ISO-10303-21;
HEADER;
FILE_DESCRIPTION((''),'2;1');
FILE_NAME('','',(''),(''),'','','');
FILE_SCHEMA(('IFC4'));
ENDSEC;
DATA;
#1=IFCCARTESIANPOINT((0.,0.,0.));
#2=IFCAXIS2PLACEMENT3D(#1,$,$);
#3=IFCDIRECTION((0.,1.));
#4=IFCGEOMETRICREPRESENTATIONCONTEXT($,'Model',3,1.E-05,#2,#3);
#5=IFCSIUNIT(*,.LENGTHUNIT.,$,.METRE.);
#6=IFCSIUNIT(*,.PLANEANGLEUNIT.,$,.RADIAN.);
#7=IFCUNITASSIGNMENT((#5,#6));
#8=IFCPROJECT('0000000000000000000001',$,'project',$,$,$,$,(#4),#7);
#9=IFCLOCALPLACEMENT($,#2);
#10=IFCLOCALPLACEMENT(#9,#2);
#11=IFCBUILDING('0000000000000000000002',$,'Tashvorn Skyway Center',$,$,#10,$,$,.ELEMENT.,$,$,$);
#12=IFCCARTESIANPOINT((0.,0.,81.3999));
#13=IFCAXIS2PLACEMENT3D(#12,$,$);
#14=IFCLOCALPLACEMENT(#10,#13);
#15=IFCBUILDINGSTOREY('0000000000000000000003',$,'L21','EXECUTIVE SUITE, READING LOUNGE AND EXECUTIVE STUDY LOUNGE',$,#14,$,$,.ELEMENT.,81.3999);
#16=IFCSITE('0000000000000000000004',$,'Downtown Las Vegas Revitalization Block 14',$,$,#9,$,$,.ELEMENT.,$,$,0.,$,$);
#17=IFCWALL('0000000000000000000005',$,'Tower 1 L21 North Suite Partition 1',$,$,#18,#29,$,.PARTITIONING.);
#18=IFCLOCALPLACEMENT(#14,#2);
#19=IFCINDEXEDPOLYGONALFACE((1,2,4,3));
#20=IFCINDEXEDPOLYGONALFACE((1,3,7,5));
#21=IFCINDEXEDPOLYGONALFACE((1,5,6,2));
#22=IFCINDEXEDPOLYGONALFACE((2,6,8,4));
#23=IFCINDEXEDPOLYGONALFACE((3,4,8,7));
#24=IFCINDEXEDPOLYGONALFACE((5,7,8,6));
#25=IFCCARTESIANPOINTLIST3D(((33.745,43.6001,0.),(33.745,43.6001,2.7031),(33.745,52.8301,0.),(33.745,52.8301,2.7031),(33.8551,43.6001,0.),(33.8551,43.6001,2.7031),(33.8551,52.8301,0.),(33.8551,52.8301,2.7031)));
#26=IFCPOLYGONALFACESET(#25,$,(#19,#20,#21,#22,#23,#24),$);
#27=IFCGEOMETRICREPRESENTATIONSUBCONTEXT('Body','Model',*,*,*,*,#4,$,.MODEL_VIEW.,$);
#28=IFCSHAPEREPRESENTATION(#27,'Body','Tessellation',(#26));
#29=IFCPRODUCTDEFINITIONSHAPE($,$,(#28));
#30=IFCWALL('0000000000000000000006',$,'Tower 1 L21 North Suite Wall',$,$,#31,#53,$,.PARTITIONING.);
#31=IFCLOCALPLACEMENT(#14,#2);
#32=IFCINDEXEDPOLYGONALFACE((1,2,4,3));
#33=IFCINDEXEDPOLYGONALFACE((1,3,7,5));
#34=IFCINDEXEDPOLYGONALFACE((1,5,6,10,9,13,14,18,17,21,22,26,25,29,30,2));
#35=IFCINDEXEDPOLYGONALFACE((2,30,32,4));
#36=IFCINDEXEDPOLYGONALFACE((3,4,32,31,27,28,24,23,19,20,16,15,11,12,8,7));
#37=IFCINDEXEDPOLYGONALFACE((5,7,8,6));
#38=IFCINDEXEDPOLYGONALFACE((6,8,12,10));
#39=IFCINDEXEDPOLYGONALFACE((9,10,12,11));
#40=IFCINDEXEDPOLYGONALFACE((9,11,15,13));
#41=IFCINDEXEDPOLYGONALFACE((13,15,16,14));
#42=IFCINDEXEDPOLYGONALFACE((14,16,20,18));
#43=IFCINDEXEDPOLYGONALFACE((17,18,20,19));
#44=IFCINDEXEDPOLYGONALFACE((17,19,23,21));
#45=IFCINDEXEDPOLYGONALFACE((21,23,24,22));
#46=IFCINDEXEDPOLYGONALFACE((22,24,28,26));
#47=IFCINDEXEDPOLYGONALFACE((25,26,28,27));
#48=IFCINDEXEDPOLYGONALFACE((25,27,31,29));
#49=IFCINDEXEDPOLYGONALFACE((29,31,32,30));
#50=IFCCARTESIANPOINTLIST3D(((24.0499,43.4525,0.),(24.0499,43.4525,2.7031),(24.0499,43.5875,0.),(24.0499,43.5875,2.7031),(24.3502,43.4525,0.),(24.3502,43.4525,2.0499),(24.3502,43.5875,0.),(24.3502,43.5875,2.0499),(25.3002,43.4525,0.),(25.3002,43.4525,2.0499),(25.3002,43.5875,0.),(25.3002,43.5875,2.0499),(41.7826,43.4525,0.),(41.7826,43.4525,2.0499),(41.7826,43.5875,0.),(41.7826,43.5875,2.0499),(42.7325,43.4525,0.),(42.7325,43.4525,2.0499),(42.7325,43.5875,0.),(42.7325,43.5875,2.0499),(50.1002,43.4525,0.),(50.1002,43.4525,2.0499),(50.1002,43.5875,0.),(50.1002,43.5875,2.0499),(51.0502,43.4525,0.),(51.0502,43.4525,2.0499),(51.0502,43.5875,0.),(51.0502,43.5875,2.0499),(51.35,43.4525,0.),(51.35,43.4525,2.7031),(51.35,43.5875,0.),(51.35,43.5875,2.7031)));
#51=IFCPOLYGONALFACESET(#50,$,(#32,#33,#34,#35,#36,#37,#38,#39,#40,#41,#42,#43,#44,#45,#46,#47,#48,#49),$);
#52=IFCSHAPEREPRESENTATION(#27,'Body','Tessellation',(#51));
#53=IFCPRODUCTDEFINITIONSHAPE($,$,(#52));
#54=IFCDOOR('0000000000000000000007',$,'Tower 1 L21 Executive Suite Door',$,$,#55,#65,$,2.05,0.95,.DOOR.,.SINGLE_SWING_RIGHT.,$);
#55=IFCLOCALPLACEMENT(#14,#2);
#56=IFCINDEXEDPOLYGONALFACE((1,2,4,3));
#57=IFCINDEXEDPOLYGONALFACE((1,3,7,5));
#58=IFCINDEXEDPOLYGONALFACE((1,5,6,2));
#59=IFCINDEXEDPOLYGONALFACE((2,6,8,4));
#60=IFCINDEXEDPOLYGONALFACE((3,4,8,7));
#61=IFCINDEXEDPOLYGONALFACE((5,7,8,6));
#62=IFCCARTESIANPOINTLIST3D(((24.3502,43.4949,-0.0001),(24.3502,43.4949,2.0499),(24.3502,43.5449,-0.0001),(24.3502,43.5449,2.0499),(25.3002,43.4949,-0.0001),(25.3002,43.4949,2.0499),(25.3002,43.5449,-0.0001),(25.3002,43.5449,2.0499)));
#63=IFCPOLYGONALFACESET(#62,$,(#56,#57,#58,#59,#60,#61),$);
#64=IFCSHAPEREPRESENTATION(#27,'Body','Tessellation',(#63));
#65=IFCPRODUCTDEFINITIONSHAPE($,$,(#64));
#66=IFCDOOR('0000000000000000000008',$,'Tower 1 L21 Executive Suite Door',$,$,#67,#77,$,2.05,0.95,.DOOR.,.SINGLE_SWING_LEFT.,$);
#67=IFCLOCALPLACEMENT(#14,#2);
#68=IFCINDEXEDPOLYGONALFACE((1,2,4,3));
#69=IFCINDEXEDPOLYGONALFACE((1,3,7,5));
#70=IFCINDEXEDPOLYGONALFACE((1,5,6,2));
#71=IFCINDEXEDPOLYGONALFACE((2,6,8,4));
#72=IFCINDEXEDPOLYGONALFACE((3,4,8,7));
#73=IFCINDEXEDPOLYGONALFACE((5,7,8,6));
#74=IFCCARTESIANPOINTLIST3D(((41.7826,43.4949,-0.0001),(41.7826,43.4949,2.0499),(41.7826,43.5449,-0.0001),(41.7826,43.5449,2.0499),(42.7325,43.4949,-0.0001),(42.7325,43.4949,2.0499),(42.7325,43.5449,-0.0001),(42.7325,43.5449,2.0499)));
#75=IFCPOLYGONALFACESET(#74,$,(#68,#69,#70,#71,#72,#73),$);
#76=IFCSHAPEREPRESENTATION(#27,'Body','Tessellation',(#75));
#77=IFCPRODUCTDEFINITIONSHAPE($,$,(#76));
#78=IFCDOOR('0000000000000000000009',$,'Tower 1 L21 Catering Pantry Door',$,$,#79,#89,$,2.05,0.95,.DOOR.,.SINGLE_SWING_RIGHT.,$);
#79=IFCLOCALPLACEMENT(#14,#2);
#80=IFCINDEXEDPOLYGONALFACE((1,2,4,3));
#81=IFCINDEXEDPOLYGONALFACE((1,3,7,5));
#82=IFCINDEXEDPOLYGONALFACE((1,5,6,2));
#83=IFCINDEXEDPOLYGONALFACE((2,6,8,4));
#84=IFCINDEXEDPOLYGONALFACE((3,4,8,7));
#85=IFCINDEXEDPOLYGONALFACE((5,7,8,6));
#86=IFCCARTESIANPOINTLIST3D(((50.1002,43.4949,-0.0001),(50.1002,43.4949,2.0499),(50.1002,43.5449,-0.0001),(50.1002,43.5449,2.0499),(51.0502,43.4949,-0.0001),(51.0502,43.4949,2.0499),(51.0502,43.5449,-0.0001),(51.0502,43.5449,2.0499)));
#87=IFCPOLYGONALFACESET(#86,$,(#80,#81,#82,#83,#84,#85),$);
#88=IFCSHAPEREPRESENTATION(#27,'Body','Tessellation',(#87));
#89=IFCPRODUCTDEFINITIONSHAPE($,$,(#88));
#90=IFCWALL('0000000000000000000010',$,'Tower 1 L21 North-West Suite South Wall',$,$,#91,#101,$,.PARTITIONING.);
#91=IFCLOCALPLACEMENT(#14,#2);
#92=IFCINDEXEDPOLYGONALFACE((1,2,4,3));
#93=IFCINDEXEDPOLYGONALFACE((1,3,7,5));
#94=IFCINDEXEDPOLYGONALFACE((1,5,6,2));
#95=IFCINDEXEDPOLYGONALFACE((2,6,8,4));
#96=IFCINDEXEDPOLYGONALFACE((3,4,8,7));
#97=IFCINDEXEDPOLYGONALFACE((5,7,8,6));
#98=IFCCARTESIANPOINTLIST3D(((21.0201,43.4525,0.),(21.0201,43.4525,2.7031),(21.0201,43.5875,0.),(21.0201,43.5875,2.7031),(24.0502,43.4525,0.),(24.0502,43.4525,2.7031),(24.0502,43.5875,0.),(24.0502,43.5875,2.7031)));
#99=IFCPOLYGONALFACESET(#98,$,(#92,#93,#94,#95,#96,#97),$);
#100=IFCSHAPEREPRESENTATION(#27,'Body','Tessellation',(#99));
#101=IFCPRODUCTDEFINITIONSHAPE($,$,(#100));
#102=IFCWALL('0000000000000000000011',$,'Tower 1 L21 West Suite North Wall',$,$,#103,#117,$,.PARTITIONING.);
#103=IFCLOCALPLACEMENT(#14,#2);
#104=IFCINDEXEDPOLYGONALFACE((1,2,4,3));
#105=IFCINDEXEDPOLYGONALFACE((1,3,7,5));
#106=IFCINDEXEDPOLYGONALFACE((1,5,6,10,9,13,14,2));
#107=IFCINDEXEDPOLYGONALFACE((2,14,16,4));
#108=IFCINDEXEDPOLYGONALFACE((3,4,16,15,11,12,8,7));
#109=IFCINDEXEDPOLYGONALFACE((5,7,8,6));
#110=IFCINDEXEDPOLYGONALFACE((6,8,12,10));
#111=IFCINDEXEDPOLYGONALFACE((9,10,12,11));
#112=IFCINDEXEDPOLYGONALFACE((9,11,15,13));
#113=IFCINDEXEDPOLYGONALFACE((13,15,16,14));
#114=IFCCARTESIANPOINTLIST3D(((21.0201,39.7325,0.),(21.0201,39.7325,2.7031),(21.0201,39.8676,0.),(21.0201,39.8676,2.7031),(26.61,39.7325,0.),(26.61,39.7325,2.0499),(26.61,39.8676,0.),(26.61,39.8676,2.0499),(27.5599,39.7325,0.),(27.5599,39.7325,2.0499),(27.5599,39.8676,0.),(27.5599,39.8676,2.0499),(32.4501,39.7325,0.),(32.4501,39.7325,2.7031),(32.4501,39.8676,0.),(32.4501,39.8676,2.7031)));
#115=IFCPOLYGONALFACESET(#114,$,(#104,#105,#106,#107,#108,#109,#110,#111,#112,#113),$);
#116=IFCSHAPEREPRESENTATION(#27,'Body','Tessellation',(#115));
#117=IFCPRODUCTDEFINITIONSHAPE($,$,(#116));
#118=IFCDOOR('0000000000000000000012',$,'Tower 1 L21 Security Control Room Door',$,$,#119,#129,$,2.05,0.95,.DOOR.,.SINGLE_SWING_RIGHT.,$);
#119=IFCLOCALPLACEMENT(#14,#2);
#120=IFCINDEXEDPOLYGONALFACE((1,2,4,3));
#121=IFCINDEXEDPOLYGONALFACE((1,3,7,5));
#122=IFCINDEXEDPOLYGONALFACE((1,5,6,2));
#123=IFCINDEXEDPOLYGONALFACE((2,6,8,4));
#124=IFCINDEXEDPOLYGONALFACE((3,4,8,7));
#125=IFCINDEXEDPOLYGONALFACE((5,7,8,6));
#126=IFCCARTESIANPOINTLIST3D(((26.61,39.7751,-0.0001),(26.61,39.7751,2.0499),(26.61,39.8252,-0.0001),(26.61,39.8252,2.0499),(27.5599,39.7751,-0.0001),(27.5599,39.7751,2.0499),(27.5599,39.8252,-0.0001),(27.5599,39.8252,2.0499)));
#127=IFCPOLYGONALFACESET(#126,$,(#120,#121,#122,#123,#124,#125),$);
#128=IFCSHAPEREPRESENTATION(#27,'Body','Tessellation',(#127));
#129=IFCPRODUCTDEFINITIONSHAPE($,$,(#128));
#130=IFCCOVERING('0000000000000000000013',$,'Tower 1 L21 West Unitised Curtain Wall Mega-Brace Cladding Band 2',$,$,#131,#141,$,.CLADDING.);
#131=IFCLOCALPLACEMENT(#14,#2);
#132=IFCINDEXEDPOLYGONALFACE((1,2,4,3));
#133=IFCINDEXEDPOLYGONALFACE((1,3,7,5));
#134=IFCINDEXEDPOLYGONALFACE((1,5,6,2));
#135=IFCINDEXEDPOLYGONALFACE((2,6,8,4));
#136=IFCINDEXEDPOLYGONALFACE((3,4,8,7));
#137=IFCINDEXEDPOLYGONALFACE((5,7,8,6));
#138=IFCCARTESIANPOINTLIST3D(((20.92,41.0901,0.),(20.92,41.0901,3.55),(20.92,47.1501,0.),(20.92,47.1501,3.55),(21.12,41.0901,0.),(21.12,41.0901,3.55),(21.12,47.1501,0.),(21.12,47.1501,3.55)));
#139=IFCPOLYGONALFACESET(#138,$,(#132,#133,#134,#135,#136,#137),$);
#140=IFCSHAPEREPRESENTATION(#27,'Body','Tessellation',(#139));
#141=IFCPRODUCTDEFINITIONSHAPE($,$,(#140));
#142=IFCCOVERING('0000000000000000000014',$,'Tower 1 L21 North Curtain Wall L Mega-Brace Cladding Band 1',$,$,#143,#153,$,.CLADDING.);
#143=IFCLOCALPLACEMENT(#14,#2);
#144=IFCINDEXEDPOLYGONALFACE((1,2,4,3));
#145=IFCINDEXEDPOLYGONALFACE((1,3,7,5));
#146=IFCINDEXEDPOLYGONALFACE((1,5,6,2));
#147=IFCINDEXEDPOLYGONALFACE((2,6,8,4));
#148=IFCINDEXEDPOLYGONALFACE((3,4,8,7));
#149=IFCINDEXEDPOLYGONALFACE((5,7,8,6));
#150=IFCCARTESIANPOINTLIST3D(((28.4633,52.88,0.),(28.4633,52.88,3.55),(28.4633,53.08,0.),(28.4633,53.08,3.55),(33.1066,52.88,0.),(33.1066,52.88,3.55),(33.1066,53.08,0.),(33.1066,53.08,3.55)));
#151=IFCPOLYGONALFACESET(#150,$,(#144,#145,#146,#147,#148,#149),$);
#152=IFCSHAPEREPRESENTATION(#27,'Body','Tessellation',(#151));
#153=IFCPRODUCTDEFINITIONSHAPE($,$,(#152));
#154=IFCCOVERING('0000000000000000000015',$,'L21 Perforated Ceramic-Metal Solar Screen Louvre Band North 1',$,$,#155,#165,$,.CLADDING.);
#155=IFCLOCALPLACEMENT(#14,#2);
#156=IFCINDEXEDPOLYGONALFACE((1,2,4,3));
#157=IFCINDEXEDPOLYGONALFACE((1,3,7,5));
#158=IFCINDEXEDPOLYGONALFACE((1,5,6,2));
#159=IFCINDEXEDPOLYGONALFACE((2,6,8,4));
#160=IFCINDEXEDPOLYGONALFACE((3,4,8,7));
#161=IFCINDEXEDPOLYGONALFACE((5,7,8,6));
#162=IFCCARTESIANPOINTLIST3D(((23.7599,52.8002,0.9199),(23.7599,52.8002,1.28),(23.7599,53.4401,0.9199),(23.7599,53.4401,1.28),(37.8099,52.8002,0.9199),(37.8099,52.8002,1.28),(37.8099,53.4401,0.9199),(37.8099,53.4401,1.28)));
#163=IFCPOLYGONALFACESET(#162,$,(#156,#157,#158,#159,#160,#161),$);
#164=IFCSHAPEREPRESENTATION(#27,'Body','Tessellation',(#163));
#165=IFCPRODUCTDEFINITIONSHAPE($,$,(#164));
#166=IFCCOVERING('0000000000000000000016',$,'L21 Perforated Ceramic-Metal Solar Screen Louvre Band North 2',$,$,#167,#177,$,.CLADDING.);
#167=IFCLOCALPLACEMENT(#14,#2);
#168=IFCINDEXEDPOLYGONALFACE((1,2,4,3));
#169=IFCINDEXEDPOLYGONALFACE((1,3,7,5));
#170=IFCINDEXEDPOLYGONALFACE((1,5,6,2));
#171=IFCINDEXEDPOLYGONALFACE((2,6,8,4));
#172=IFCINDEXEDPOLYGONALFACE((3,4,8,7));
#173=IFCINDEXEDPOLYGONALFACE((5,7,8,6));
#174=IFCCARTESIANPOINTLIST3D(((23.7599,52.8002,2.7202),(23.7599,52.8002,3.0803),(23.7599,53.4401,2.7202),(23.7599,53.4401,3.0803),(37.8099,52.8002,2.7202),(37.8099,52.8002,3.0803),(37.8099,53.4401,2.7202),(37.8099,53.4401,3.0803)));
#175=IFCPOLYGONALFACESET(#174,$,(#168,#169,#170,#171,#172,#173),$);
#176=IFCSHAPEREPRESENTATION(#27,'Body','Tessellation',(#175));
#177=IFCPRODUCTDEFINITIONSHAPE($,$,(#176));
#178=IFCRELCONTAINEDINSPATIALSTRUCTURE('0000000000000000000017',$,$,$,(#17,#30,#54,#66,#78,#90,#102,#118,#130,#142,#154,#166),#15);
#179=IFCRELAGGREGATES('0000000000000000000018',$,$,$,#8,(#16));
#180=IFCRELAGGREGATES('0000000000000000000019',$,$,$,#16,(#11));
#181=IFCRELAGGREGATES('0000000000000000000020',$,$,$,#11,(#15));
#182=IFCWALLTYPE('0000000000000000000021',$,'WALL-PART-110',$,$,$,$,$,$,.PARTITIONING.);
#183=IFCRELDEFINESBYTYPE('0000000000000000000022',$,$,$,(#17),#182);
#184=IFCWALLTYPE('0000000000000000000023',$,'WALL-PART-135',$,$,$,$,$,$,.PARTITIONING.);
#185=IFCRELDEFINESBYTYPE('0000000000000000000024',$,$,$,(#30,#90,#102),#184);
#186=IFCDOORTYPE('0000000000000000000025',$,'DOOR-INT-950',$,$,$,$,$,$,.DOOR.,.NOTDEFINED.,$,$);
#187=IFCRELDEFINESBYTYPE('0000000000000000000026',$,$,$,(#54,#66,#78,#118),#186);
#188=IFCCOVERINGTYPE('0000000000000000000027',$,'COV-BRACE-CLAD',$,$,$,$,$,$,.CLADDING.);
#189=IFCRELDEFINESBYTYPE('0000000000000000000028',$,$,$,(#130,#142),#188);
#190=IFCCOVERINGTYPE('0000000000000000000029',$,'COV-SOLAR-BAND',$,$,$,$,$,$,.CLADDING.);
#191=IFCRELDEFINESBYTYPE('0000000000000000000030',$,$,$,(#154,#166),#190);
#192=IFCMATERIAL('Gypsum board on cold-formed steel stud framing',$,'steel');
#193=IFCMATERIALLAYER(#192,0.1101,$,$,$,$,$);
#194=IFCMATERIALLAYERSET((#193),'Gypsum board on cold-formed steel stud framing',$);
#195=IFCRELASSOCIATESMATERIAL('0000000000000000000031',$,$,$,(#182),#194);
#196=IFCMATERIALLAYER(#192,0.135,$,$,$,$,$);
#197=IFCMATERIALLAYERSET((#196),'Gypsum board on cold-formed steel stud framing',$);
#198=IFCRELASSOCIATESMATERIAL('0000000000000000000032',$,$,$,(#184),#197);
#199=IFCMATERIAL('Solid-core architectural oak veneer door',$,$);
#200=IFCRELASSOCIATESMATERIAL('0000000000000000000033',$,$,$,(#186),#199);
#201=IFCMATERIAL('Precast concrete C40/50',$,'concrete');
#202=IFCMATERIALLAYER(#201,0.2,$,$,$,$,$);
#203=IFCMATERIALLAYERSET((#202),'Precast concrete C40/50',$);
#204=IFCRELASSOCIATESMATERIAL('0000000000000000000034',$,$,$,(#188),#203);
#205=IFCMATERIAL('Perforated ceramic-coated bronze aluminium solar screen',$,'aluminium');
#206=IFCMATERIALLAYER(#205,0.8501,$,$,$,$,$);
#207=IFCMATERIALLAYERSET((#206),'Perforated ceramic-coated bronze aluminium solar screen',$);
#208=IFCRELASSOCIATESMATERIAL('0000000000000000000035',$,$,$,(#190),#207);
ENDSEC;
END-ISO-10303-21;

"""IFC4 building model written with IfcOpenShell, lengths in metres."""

from ifc_helpers import new_model, si_unit, direction, frame, frame_2d, origin, origin_2d, place, context, subcontext, project, spatial, rectangle, extrude, material, layer, layer_set, type_object, element, fill, save


model = new_model("IFC4")

# Units and contexts
model_context = context("Model", 3, precision=1e-05, world=origin(), true_north=direction((0.0, 1.0)))
body_context = subcontext(model_context, "Body", "Model", "MODEL_VIEW")
ifc_project = project(units=[si_unit("LENGTHUNIT", "METRE"), si_unit("PLANEANGLEUNIT", "RADIAN")], contexts=[model_context])

# Site, building, storey
site_placement = place(None, origin())
site = spatial("IfcSite", under=ifc_project, at=site_placement, Name="Downtown Las Vegas Revitalization Block 14", CompositionType="ELEMENT", RefElevation=0.0)
building_placement = place(site_placement, origin())
building = spatial("IfcBuilding", under=site, at=building_placement, Name="Tashvorn Skyway Center", CompositionType="ELEMENT")
storey_placement = place(building_placement, frame((0.0, 0.0, 81.3999)))
storey = spatial("IfcBuildingStorey", under=building, at=storey_placement, Name="L21", Description="EXECUTIVE SUITE, READING LOUNGE AND EXECUTIVE STUDY LOUNGE", CompositionType="ELEMENT", Elevation=81.3999)

# Wall
ifc_material_1 = material(Name="Precast concrete C40/50", Category="concrete")
ifc_material_2 = material(Name="Gypsum board on cold-formed steel stud framing", Category="steel")
ifc_layer_1 = layer(ifc_material_2, 0.1101)
ifc_layer_set_1 = layer_set([ifc_layer_1], Name="Gypsum board on cold-formed steel stud framing")
wall_type_1 = type_object("IfcWallType", Name="WALL-PART-110", PredefinedType="PARTITIONING", material=ifc_layer_set_1)
wall_1_placement = place(storey_placement, frame((33.8, 43.6001, 0.0), z_axis=(0.0, 0.0, 1.0), x_axis=(0.0, 1.0, 0.0)))
element("IfcWall", 1, at=wall_1_placement, inside=storey, type_object=wall_type_1, Name="Tower 1 L21 North Suite Partition 1", PredefinedType="PARTITIONING", context=body_context, shape_type="SweptSolid", body=[
    extrude(rectangle(XDim=9.23, YDim=0.1101, at=frame_2d((4.615, 0.0))), origin(), (0.0, 0.0, 1.0), 2.7031),
])

# Wall, openings, doors
ifc_layer_2 = layer(ifc_material_2, 0.135)
ifc_layer_set_2 = layer_set([ifc_layer_2], Name="Gypsum board on cold-formed steel stud framing")
wall_type_2 = type_object("IfcWallType", Name="WALL-PART-135", PredefinedType="PARTITIONING", material=ifc_layer_set_2)
wall_2_placement = place(storey_placement, frame((24.05, 43.52, 0.0), z_axis=(0.0, 0.0, 1.0), x_axis=(1.0, 0.0, 0.0)))
wall_2 = element("IfcWall", 2, at=wall_2_placement, inside=storey, type_object=wall_type_2, Name="Tower 1 L21 North Suite Wall", PredefinedType="PARTITIONING", context=body_context, shape_type="SweptSolid", body=[
    extrude(rectangle(XDim=27.3, YDim=0.135, at=frame_2d((13.6499, 0.0))), origin(), (0.0, 0.0, 1.0), 2.7031),
])
opening_1_placement = place(wall_2_placement, frame((0.3, 0.0, 0.0)))
opening_1 = element("IfcOpeningElement", 3, at=opening_1_placement, cuts=wall_2, PredefinedType="OPENING", context=body_context, shape_type="SweptSolid", body=[
    extrude(rectangle(XDim=0.95, YDim=2.05, at=frame_2d((0.4751, 1.0249))), frame((0.0, 0.0774, 0.0), z_axis=(0.0, -1.0, 0.0), x_axis=(1.0, 0.0, 0.0)), (0.0, 0.0, 1.0), 0.155),
])
opening_2_placement = place(wall_2_placement, frame((17.7324, 0.0, 0.0)))
opening_2 = element("IfcOpeningElement", 4, at=opening_2_placement, cuts=wall_2, PredefinedType="OPENING", context=body_context, shape_type="SweptSolid", body=[
    extrude(rectangle(XDim=0.95, YDim=2.05, at=frame_2d((0.4751, 1.0249))), frame((0.0, 0.0774, 0.0), z_axis=(0.0, -1.0, 0.0), x_axis=(1.0, 0.0, 0.0)), (0.0, 0.0, 1.0), 0.155),
])
opening_3_placement = place(wall_2_placement, frame((26.05, 0.0, 0.0)))
opening_3 = element("IfcOpeningElement", 5, at=opening_3_placement, cuts=wall_2, PredefinedType="OPENING", context=body_context, shape_type="SweptSolid", body=[
    extrude(rectangle(XDim=0.95, YDim=2.05, at=frame_2d((0.4751, 1.0249))), frame((0.0, 0.0774, 0.0), z_axis=(0.0, -1.0, 0.0), x_axis=(1.0, 0.0, 0.0)), (0.0, 0.0, 1.0), 0.155),
])
ifc_material_3 = material(Name="Solid-core architectural oak veneer door")
door_type = type_object("IfcDoorType", Name="DOOR-INT-950", OperationType="NOTDEFINED", PredefinedType="DOOR", material=ifc_material_3)
door_1_placement = place(opening_1_placement, origin())
door_1 = element("IfcDoor", 6, at=door_1_placement, inside=storey, type_object=door_type, Name="Tower 1 L21 Executive Suite Door", OperationType="SINGLE_SWING_RIGHT", OverallHeight=2.05, OverallWidth=0.95, PredefinedType="DOOR", context=body_context, shape_type="SweptSolid", body=[
    extrude(rectangle(XDim=0.95, YDim=2.05, at=frame_2d((0.4751, 1.0249))), frame((0.0, 0.0249, 0.0), z_axis=(0.0, -1.0, 0.0), x_axis=(1.0, 0.0, 0.0)), (0.0, 0.0, 1.0), 0.05),
])
fill(opening_1, door_1)
door_2_placement = place(opening_2_placement, origin())
door_2 = element("IfcDoor", 7, at=door_2_placement, inside=storey, type_object=door_type, Name="Tower 1 L21 Executive Suite Door", OperationType="SINGLE_SWING_LEFT", OverallHeight=2.05, OverallWidth=0.95, PredefinedType="DOOR", context=body_context, shape_type="SweptSolid", body=[
    extrude(rectangle(XDim=0.95, YDim=2.05, at=frame_2d((0.4751, 1.0249))), frame((0.0, 0.0249, 0.0), z_axis=(0.0, -1.0, 0.0), x_axis=(1.0, 0.0, 0.0)), (0.0, 0.0, 1.0), 0.05),
])
fill(opening_2, door_2)
door_3_placement = place(opening_3_placement, origin())
door_3 = element("IfcDoor", 8, at=door_3_placement, inside=storey, type_object=door_type, Name="Tower 1 L21 Catering Pantry Door", OperationType="SINGLE_SWING_RIGHT", OverallHeight=2.05, OverallWidth=0.95, PredefinedType="DOOR", context=body_context, shape_type="SweptSolid", body=[
    extrude(rectangle(XDim=0.95, YDim=2.05, at=frame_2d((0.4751, 1.0249))), frame((0.0, 0.0249, 0.0), z_axis=(0.0, -1.0, 0.0), x_axis=(1.0, 0.0, 0.0)), (0.0, 0.0, 1.0), 0.05),
])
fill(opening_3, door_3)

# Wall
wall_3_placement = place(storey_placement, frame((21.02, 43.52, 0.0), z_axis=(0.0, 0.0, 1.0), x_axis=(1.0, 0.0, 0.0)))
element("IfcWall", 9, at=wall_3_placement, inside=storey, type_object=wall_type_2, Name="Tower 1 L21 North-West Suite South Wall", PredefinedType="PARTITIONING", context=body_context, shape_type="SweptSolid", body=[
    extrude(rectangle(XDim=3.03, YDim=0.135, at=frame_2d((1.5151, 0.0))), origin(), (0.0, 0.0, 1.0), 2.7031),
])

# Wall, opening, door
wall_4_placement = place(storey_placement, frame((32.45, 39.8, 0.0), z_axis=(0.0, 0.0, 1.0), x_axis=(-1.0, 0.0, 0.0)))
wall_4 = element("IfcWall", 10, at=wall_4_placement, inside=storey, type_object=wall_type_2, Name="Tower 1 L21 West Suite North Wall", PredefinedType="PARTITIONING", context=body_context, shape_type="SweptSolid", body=[
    extrude(rectangle(XDim=11.4299, YDim=0.135, at=frame_2d((5.7148, 0.0))), origin(), (0.0, 0.0, 1.0), 2.7031),
])
opening_4_placement = place(wall_4_placement, frame((4.8899, 0.0, 0.0)))
opening_4 = element("IfcOpeningElement", 11, at=opening_4_placement, cuts=wall_4, PredefinedType="OPENING", context=body_context, shape_type="SweptSolid", body=[
    extrude(rectangle(XDim=0.95, YDim=2.05, at=frame_2d((0.4751, 1.0249))), frame((0.0, 0.0774, 0.0), z_axis=(0.0, -1.0, 0.0), x_axis=(1.0, 0.0, 0.0)), (0.0, 0.0, 1.0), 0.155),
])
door_4_placement = place(opening_4_placement, origin())
door_4 = element("IfcDoor", 12, at=door_4_placement, inside=storey, type_object=door_type, Name="Tower 1 L21 Security Control Room Door", OperationType="SINGLE_SWING_RIGHT", OverallHeight=2.05, OverallWidth=0.95, PredefinedType="DOOR", context=body_context, shape_type="SweptSolid", body=[
    extrude(rectangle(XDim=0.95, YDim=2.05, at=frame_2d((0.4751, 1.0249))), frame((0.0, 0.0249, 0.0), z_axis=(0.0, -1.0, 0.0), x_axis=(1.0, 0.0, 0.0)), (0.0, 0.0, 1.0), 0.05),
])
fill(opening_4, door_4)

# Coverings
ifc_layer_3 = layer(ifc_material_1, 0.2)
ifc_layer_set_3 = layer_set([ifc_layer_3], Name="Precast concrete C40/50")
covering_type_1 = type_object("IfcCoveringType", Name="COV-BRACE-CLAD", PredefinedType="CLADDING", material=ifc_layer_set_3)
covering_1_placement = place(storey_placement, frame((21.02, 44.1201, 0.0), z_axis=(0.0, 0.0, 1.0), x_axis=(0.0, 1.0, 0.0)))
element("IfcCovering", 13, at=covering_1_placement, inside=storey, type_object=covering_type_1, Name="Tower 1 L21 West Unitised Curtain Wall Mega-Brace Cladding Band 2", PredefinedType="CLADDING", context=body_context, shape_type="SweptSolid", body=[
    extrude(rectangle(XDim=6.0601, YDim=0.2, at=origin_2d()), origin(), (0.0, 0.0, 1.0), 3.55),
])
covering_2_placement = place(storey_placement, frame((30.7849, 52.98, 0.0), z_axis=(0.0, 0.0, 1.0), x_axis=(1.0, 0.0, 0.0)))
element("IfcCovering", 14, at=covering_2_placement, inside=storey, type_object=covering_type_1, Name="Tower 1 L21 North Curtain Wall L Mega-Brace Cladding Band 1", PredefinedType="CLADDING", context=body_context, shape_type="SweptSolid", body=[
    extrude(rectangle(XDim=4.6433, YDim=0.2, at=origin_2d()), origin(), (0.0, 0.0, 1.0), 3.55),
])
ifc_material_4 = material(Name="Perforated ceramic-coated bronze aluminium solar screen", Category="aluminium")
ifc_layer_4 = layer(ifc_material_4, 0.8501)
ifc_layer_set_4 = layer_set([ifc_layer_4], Name="Perforated ceramic-coated bronze aluminium solar screen")
covering_type_2 = type_object("IfcCoveringType", Name="COV-SOLAR-BAND", PredefinedType="CLADDING", material=ifc_layer_set_4)
for number, where, z_axis, x_axis, name in (
    (15, (30.7849, 53.1201, 0.9199), (0.0, 0.0, 1.0), (1.0, 0.0, 0.0), "L21 Perforated Ceramic-Metal Solar Screen Louvre Band North 1"),
    (16, (30.7849, 53.1201, 2.7202), (0.0, 0.0, 1.0), (1.0, 0.0, 0.0), "L21 Perforated Ceramic-Metal Solar Screen Louvre Band North 2"),
):
    element("IfcCovering", number, at=place(storey_placement, frame(where, z_axis=z_axis, x_axis=x_axis)), inside=storey, type_object=covering_type_2, Name=name, PredefinedType="CLADDING", context=body_context, shape_type="SweptSolid", body=[
        extrude(rectangle(XDim=14.05, YDim=0.6399, at=origin_2d()), origin(), (0.0, 0.0, 1.0), 0.3601),
    ])

save(model, "model.ifc")
